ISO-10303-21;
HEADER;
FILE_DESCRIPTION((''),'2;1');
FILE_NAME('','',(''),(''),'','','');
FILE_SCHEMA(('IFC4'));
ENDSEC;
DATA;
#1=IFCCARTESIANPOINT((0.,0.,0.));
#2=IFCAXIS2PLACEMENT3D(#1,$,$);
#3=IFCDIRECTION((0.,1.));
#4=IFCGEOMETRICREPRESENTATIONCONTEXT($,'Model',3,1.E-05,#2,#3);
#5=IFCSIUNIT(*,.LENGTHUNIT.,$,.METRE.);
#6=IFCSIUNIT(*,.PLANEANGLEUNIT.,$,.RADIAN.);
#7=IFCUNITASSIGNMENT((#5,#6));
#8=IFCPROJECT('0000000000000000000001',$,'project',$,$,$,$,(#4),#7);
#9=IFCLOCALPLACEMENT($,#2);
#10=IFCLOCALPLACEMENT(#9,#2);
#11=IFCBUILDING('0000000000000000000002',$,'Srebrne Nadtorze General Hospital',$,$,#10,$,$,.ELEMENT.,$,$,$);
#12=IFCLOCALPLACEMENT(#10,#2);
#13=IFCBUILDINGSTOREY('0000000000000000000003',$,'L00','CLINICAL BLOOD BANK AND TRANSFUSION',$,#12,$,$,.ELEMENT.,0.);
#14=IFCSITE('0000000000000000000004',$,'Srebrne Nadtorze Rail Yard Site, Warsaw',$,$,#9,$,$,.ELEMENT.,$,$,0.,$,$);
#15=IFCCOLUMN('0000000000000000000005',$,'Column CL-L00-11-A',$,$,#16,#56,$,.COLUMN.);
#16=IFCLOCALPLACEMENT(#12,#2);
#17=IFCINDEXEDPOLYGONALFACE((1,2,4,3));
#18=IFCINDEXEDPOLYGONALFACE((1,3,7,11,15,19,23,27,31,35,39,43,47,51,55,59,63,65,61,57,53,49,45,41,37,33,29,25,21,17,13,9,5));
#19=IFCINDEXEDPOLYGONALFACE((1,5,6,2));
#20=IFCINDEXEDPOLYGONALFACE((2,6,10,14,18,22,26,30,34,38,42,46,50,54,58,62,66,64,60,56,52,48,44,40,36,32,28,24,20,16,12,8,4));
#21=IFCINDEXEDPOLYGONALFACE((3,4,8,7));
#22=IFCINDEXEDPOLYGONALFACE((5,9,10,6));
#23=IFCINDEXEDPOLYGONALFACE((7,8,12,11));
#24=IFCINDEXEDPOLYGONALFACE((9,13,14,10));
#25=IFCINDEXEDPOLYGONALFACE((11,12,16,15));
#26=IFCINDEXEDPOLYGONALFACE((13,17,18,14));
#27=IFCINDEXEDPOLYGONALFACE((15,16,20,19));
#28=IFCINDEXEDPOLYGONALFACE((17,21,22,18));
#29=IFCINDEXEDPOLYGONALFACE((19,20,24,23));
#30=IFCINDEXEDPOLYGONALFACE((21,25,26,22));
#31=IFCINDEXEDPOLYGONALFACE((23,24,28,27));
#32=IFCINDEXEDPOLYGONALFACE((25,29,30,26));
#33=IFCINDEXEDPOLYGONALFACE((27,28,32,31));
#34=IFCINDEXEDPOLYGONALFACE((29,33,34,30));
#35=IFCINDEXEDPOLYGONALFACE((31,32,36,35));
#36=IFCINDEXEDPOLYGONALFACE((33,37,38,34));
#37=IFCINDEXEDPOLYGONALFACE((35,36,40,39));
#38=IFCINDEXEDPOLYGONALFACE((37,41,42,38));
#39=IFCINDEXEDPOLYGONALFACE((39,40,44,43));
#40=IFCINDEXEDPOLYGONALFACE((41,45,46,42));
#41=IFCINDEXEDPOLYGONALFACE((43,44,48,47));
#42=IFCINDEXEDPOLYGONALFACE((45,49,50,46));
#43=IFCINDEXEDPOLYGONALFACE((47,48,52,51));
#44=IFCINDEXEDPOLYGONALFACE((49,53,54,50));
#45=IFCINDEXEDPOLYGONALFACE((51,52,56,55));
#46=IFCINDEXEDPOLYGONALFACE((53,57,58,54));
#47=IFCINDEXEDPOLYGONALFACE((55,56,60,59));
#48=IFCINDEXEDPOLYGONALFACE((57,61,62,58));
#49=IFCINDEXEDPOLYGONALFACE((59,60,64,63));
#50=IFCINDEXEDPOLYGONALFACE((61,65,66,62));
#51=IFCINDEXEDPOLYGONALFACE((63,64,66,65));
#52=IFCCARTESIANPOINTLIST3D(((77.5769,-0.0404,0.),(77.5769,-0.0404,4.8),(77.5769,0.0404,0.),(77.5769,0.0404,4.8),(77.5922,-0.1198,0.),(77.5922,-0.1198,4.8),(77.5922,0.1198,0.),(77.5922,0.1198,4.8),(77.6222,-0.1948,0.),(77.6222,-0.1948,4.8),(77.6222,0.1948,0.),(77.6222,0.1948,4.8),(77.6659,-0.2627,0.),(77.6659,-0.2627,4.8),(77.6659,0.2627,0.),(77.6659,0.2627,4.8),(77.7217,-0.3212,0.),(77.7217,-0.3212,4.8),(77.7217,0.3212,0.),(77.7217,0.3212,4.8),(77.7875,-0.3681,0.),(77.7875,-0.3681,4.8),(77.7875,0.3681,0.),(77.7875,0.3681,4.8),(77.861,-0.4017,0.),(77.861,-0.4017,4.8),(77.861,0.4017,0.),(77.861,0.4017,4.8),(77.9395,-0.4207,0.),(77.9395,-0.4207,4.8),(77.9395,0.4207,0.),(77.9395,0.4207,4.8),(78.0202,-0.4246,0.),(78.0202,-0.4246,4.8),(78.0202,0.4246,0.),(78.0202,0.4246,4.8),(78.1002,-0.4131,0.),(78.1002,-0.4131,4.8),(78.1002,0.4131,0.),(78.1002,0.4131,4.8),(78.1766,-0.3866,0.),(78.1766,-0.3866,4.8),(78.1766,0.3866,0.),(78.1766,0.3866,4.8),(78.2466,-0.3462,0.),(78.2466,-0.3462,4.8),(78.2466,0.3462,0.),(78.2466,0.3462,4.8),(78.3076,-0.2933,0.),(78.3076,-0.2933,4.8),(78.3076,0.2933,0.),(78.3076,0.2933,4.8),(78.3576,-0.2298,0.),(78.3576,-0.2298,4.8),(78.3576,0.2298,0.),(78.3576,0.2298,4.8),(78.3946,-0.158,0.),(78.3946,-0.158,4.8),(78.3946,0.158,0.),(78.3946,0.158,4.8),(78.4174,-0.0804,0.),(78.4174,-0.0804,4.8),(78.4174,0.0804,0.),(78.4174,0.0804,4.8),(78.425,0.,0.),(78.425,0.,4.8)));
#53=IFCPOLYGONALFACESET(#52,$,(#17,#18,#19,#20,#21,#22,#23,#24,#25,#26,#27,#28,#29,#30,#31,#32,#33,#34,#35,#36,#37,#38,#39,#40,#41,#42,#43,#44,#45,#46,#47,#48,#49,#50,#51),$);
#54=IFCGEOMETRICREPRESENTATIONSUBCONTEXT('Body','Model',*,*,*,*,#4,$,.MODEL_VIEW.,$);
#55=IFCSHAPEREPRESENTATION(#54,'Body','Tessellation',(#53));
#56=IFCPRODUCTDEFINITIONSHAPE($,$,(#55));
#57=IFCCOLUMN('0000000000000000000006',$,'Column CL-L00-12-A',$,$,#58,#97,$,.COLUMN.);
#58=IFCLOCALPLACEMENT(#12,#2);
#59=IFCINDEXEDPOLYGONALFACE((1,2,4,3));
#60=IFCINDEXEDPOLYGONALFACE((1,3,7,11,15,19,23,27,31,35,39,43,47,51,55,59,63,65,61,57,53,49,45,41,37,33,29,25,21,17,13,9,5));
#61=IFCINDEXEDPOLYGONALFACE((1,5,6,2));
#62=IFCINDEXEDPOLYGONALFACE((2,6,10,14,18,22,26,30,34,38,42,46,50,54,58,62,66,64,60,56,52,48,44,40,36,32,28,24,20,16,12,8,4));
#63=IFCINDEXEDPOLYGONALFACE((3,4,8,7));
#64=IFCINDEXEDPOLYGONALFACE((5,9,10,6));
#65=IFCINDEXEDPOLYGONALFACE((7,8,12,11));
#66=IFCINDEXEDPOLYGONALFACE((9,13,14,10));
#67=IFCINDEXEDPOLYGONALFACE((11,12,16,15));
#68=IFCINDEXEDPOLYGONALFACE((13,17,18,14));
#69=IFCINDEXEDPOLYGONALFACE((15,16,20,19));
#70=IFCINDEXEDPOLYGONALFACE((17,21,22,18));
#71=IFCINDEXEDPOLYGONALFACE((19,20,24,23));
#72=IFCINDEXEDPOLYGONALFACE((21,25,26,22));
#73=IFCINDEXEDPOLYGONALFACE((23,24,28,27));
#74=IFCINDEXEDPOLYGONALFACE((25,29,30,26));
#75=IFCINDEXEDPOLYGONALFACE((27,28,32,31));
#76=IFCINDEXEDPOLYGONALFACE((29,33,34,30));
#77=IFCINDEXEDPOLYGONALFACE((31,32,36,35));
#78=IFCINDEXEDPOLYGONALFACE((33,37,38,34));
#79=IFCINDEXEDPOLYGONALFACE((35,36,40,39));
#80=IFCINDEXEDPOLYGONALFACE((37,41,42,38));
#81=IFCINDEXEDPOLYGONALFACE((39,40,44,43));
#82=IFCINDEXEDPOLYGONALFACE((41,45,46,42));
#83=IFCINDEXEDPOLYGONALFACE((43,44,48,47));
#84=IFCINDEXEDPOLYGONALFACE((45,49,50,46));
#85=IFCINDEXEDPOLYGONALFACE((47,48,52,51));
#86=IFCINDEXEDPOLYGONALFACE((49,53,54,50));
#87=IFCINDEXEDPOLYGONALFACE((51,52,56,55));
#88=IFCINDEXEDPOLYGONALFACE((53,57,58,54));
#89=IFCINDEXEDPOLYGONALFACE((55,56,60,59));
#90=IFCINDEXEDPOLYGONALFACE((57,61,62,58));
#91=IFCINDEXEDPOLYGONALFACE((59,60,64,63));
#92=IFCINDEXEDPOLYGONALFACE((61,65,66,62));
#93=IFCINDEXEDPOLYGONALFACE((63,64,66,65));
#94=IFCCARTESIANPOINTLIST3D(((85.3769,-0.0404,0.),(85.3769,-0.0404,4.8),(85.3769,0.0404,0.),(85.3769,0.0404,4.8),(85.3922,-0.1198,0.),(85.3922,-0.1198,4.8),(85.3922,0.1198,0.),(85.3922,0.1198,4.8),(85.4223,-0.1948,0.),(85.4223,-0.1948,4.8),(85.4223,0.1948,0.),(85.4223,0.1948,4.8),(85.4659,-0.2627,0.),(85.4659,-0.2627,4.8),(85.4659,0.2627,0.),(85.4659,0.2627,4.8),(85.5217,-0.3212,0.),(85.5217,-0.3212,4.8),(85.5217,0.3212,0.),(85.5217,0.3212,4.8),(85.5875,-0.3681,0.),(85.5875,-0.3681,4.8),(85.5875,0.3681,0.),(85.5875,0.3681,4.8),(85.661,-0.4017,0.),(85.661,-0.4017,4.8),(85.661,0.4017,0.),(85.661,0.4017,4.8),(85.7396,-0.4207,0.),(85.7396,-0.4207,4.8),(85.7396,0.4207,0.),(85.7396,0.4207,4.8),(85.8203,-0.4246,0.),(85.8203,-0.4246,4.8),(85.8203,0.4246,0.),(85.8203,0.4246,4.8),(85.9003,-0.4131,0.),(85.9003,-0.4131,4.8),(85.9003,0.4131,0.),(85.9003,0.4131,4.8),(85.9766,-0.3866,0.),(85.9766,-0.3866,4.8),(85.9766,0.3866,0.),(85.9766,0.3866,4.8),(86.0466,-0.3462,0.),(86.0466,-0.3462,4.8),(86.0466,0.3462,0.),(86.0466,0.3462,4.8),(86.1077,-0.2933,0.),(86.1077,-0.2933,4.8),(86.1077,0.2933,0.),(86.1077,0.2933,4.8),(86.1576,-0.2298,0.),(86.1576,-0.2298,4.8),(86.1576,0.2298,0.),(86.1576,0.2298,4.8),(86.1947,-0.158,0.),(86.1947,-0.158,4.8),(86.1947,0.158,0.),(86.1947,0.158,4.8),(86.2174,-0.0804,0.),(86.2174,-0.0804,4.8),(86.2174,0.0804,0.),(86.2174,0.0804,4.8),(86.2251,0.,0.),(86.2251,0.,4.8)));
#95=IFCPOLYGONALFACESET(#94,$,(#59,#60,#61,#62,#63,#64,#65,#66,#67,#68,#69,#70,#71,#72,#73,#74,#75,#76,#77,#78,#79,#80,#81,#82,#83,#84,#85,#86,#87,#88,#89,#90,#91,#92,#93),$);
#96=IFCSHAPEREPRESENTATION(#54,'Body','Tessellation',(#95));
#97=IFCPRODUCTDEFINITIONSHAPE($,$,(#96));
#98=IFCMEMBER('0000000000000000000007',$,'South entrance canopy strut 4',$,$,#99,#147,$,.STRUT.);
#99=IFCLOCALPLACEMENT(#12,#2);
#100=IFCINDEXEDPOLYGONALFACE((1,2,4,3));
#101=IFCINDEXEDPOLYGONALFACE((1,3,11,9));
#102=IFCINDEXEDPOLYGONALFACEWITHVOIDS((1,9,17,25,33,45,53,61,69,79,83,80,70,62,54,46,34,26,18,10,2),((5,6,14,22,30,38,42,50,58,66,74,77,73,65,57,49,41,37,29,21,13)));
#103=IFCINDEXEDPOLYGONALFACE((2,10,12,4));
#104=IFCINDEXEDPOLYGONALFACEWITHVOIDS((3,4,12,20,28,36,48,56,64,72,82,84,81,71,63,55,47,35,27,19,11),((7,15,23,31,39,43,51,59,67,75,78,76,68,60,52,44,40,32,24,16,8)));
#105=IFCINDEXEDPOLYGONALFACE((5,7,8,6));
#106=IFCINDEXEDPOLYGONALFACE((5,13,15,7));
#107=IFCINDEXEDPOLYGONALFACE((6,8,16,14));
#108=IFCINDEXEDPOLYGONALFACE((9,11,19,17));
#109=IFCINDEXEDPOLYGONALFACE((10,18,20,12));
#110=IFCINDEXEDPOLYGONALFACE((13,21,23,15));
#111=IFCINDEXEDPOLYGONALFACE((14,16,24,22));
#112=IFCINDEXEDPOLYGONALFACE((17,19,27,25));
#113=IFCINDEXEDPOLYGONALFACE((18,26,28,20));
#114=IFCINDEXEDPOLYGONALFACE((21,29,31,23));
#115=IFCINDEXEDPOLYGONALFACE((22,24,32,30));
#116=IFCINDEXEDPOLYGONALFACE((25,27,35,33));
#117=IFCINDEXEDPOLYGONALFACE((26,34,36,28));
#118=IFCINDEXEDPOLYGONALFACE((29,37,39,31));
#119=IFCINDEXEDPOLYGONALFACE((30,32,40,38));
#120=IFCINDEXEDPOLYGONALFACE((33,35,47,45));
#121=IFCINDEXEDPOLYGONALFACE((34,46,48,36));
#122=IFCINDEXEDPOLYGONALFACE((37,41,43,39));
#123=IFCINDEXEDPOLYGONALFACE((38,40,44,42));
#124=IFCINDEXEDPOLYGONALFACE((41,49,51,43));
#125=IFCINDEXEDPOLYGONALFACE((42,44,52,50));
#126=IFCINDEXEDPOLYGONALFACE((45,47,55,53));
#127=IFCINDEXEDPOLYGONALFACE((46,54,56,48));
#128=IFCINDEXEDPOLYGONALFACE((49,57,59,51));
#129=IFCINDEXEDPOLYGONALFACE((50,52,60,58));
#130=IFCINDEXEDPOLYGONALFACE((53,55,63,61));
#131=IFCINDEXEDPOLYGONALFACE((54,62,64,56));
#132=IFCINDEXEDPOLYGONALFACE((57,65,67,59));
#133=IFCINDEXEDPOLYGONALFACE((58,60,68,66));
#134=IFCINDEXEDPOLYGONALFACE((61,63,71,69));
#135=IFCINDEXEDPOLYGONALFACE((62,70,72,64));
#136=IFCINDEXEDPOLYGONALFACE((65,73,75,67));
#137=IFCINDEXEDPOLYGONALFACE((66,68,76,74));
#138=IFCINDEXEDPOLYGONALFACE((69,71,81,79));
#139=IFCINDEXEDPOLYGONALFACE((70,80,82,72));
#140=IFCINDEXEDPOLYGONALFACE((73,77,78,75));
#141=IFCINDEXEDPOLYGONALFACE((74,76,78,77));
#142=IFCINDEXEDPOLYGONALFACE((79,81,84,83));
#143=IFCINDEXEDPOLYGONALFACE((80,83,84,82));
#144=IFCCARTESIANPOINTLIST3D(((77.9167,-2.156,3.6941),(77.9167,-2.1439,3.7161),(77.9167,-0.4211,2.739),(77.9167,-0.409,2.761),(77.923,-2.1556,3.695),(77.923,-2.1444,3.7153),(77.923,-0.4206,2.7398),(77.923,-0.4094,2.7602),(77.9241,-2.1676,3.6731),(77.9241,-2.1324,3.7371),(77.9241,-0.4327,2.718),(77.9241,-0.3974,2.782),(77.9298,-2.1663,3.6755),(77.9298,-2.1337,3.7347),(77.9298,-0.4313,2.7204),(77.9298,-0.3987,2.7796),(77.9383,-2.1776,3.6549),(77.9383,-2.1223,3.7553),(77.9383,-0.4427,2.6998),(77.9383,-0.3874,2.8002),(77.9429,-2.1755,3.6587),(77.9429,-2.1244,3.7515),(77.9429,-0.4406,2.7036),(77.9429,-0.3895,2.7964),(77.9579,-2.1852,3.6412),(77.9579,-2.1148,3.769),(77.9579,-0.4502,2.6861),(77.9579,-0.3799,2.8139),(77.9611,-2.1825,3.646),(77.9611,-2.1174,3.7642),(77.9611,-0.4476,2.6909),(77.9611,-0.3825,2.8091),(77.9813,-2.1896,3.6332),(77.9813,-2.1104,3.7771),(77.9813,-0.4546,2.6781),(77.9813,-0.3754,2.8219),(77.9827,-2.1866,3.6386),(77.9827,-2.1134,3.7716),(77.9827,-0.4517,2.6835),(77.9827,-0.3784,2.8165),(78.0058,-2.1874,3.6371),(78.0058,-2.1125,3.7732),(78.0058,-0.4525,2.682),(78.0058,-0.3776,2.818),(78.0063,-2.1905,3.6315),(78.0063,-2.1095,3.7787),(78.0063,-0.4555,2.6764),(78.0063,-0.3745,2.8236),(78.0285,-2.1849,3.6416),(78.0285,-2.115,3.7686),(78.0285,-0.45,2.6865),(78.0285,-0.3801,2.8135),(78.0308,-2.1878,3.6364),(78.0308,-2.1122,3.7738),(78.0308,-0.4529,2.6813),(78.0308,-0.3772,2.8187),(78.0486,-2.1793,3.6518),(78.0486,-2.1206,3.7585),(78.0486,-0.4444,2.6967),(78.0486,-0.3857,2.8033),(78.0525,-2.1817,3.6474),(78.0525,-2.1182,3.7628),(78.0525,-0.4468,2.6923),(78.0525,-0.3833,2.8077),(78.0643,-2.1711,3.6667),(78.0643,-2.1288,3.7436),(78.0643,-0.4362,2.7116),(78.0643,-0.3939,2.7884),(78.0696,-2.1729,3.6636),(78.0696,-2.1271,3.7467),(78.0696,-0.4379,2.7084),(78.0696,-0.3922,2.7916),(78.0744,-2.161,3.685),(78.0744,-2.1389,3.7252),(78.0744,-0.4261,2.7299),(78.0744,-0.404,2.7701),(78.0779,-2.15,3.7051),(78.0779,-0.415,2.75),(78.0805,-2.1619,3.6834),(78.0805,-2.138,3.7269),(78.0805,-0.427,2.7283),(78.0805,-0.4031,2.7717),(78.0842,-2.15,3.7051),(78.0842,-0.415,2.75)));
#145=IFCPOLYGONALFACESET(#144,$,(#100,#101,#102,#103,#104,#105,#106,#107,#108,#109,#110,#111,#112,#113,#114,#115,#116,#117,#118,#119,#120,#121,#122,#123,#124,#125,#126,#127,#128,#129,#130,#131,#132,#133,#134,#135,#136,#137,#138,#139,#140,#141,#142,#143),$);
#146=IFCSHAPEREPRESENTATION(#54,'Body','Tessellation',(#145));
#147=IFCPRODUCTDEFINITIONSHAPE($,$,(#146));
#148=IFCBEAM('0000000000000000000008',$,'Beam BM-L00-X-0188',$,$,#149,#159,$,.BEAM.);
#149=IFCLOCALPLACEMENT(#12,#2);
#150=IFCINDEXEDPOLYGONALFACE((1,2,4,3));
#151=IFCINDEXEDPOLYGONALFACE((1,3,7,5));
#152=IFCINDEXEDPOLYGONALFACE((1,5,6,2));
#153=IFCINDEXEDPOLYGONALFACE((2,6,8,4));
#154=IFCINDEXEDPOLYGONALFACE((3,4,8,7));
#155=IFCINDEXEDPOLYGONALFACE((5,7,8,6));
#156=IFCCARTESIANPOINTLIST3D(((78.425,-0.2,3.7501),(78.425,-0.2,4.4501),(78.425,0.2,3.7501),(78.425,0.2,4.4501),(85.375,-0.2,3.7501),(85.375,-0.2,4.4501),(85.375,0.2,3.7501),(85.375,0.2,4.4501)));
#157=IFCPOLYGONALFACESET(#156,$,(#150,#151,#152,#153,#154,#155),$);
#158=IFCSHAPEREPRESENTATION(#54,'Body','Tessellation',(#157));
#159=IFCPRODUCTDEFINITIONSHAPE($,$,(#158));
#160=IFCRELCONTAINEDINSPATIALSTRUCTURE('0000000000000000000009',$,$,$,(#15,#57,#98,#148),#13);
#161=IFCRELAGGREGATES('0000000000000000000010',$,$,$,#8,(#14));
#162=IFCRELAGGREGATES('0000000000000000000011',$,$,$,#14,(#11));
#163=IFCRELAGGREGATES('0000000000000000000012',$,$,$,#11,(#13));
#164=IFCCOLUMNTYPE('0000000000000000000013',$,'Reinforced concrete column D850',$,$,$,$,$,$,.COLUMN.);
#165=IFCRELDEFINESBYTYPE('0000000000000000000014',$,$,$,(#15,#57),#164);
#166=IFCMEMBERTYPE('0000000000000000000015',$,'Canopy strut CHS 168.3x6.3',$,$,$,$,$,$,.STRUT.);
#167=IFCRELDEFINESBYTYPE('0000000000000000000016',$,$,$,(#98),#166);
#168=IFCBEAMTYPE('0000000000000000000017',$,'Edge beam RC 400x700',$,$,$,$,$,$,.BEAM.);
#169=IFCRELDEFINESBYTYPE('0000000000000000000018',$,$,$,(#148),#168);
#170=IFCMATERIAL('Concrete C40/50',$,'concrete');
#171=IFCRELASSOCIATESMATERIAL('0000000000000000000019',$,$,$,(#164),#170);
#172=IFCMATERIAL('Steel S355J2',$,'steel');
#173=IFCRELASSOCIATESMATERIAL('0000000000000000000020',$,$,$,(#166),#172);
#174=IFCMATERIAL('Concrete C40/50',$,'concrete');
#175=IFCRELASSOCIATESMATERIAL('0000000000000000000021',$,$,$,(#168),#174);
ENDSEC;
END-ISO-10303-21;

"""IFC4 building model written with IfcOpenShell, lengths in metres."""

from ifc_helpers import new_model, si_unit, direction, frame, origin, origin_2d, place, context, subcontext, project, spatial, rectangle, circle, hollow_circle, extrude, material, material_profile, profile_set, type_object, element, save


model = new_model("IFC4")

# Units and contexts
model_context = context("Model", 3, precision=1e-05, world=origin(), true_north=direction((0.0, 1.0)))
body_context = subcontext(model_context, "Body", "Model", "MODEL_VIEW")
ifc_project = project(units=[si_unit("LENGTHUNIT", "METRE"), si_unit("PLANEANGLEUNIT", "RADIAN")], contexts=[model_context])

# Site, building, storey
site_placement = place(None, origin())
site = spatial("IfcSite", under=ifc_project, at=site_placement, Name="Srebrne Nadtorze Rail Yard Site, Warsaw", CompositionType="ELEMENT", RefElevation=0.0)
building_placement = place(site_placement, origin())
building = spatial("IfcBuilding", under=site, at=building_placement, Name="Srebrne Nadtorze General Hospital", CompositionType="ELEMENT")
storey_placement = place(building_placement, origin())
storey = spatial("IfcBuildingStorey", under=building, at=storey_placement, Name="L00", Description="CLINICAL BLOOD BANK AND TRANSFUSION", CompositionType="ELEMENT", Elevation=0.0)

# Columns
ifc_material_1 = material(Name="Concrete C40/50", Category="concrete")
ifc_material_profile_1 = material_profile(ifc_material_1, circle(Radius=0.425, at=origin_2d()), Name="RC-COL-D850")
ifc_profile_set_1 = profile_set([ifc_material_profile_1], Name="Concrete C40/50")
column_type = type_object("IfcColumnType", Name="Reinforced concrete column D850", PredefinedType="COLUMN", material=ifc_profile_set_1)
for number, where, z_axis, x_axis, name in (
    (1, (78.0, 0.0, 0.0), (0.0, 0.0, 1.0), (1.0, 0.0, 0.0), "Column CL-L00-11-A"),
    (2, (85.8, 0.0, 0.0), (0.0, 0.0, 1.0), (1.0, 0.0, 0.0), "Column CL-L00-12-A"),
):
    element("IfcColumn", number, at=place(storey_placement, frame(where, z_axis=z_axis, x_axis=x_axis)), inside=storey, type_object=column_type, Name=name, PredefinedType="COLUMN", context=body_context, shape_type="SweptSolid", body=[
        extrude(circle(Radius=0.425, at=origin_2d()), origin(), (0.0, 0.0, 1.0), 4.8),
    ])

# Member
ifc_material_2 = material(Name="Steel S355J2", Category="steel")
ifc_material_profile_2 = material_profile(ifc_material_2, hollow_circle(Radius=0.0842, WallThickness=0.0063, at=origin_2d()), Name="CHS-168.3x6.3")
ifc_profile_set_2 = profile_set([ifc_material_profile_2], Name="Steel S355J2")
member_type = type_object("IfcMemberType", Name="Canopy strut CHS 168.3x6.3", PredefinedType="STRUT", material=ifc_profile_set_2)
member_placement = place(storey_placement, frame((78.0, -0.415, 2.75), z_axis=(0.0, -0.876023, 0.482269), x_axis=(1.0, 0.0, 0.0)))
element("IfcMember", 3, at=member_placement, inside=storey, type_object=member_type, Name="South entrance canopy strut 4", PredefinedType="STRUT", context=body_context, shape_type="SweptSolid", body=[
    extrude(hollow_circle(Radius=0.0842, WallThickness=0.0063, at=origin_2d()), origin(), (0.0, 0.0, 1.0), 1.9805),
])

# Beam
ifc_material_3 = material(Name="Concrete C40/50", Category="concrete")
ifc_material_profile_3 = material_profile(ifc_material_3, rectangle(XDim=0.3999, YDim=0.7, at=origin_2d()), Name="RC-BM-400x700")
ifc_profile_set_3 = profile_set([ifc_material_profile_3], Name="Concrete C40/50")
beam_type_1 = type_object("IfcBeamType", Name="Edge beam RC 400x700", PredefinedType="BEAM", material=ifc_profile_set_3)
beam_1_placement = place(storey_placement, frame((78.425, 0.0, 4.1001), z_axis=(1.0, 0.0, 0.0), x_axis=(0.0, 1.0, 0.0)))
element("IfcBeam", 4, at=beam_1_placement, inside=storey, type_object=beam_type_1, Name="Beam BM-L00-X-0188", PredefinedType="BEAM", context=body_context, shape_type="SweptSolid", body=[
    extrude(rectangle(XDim=0.3999, YDim=0.7, at=origin_2d()), origin(), (0.0, 0.0, 1.0), 6.95),
])

save(model, "model.ifc")
